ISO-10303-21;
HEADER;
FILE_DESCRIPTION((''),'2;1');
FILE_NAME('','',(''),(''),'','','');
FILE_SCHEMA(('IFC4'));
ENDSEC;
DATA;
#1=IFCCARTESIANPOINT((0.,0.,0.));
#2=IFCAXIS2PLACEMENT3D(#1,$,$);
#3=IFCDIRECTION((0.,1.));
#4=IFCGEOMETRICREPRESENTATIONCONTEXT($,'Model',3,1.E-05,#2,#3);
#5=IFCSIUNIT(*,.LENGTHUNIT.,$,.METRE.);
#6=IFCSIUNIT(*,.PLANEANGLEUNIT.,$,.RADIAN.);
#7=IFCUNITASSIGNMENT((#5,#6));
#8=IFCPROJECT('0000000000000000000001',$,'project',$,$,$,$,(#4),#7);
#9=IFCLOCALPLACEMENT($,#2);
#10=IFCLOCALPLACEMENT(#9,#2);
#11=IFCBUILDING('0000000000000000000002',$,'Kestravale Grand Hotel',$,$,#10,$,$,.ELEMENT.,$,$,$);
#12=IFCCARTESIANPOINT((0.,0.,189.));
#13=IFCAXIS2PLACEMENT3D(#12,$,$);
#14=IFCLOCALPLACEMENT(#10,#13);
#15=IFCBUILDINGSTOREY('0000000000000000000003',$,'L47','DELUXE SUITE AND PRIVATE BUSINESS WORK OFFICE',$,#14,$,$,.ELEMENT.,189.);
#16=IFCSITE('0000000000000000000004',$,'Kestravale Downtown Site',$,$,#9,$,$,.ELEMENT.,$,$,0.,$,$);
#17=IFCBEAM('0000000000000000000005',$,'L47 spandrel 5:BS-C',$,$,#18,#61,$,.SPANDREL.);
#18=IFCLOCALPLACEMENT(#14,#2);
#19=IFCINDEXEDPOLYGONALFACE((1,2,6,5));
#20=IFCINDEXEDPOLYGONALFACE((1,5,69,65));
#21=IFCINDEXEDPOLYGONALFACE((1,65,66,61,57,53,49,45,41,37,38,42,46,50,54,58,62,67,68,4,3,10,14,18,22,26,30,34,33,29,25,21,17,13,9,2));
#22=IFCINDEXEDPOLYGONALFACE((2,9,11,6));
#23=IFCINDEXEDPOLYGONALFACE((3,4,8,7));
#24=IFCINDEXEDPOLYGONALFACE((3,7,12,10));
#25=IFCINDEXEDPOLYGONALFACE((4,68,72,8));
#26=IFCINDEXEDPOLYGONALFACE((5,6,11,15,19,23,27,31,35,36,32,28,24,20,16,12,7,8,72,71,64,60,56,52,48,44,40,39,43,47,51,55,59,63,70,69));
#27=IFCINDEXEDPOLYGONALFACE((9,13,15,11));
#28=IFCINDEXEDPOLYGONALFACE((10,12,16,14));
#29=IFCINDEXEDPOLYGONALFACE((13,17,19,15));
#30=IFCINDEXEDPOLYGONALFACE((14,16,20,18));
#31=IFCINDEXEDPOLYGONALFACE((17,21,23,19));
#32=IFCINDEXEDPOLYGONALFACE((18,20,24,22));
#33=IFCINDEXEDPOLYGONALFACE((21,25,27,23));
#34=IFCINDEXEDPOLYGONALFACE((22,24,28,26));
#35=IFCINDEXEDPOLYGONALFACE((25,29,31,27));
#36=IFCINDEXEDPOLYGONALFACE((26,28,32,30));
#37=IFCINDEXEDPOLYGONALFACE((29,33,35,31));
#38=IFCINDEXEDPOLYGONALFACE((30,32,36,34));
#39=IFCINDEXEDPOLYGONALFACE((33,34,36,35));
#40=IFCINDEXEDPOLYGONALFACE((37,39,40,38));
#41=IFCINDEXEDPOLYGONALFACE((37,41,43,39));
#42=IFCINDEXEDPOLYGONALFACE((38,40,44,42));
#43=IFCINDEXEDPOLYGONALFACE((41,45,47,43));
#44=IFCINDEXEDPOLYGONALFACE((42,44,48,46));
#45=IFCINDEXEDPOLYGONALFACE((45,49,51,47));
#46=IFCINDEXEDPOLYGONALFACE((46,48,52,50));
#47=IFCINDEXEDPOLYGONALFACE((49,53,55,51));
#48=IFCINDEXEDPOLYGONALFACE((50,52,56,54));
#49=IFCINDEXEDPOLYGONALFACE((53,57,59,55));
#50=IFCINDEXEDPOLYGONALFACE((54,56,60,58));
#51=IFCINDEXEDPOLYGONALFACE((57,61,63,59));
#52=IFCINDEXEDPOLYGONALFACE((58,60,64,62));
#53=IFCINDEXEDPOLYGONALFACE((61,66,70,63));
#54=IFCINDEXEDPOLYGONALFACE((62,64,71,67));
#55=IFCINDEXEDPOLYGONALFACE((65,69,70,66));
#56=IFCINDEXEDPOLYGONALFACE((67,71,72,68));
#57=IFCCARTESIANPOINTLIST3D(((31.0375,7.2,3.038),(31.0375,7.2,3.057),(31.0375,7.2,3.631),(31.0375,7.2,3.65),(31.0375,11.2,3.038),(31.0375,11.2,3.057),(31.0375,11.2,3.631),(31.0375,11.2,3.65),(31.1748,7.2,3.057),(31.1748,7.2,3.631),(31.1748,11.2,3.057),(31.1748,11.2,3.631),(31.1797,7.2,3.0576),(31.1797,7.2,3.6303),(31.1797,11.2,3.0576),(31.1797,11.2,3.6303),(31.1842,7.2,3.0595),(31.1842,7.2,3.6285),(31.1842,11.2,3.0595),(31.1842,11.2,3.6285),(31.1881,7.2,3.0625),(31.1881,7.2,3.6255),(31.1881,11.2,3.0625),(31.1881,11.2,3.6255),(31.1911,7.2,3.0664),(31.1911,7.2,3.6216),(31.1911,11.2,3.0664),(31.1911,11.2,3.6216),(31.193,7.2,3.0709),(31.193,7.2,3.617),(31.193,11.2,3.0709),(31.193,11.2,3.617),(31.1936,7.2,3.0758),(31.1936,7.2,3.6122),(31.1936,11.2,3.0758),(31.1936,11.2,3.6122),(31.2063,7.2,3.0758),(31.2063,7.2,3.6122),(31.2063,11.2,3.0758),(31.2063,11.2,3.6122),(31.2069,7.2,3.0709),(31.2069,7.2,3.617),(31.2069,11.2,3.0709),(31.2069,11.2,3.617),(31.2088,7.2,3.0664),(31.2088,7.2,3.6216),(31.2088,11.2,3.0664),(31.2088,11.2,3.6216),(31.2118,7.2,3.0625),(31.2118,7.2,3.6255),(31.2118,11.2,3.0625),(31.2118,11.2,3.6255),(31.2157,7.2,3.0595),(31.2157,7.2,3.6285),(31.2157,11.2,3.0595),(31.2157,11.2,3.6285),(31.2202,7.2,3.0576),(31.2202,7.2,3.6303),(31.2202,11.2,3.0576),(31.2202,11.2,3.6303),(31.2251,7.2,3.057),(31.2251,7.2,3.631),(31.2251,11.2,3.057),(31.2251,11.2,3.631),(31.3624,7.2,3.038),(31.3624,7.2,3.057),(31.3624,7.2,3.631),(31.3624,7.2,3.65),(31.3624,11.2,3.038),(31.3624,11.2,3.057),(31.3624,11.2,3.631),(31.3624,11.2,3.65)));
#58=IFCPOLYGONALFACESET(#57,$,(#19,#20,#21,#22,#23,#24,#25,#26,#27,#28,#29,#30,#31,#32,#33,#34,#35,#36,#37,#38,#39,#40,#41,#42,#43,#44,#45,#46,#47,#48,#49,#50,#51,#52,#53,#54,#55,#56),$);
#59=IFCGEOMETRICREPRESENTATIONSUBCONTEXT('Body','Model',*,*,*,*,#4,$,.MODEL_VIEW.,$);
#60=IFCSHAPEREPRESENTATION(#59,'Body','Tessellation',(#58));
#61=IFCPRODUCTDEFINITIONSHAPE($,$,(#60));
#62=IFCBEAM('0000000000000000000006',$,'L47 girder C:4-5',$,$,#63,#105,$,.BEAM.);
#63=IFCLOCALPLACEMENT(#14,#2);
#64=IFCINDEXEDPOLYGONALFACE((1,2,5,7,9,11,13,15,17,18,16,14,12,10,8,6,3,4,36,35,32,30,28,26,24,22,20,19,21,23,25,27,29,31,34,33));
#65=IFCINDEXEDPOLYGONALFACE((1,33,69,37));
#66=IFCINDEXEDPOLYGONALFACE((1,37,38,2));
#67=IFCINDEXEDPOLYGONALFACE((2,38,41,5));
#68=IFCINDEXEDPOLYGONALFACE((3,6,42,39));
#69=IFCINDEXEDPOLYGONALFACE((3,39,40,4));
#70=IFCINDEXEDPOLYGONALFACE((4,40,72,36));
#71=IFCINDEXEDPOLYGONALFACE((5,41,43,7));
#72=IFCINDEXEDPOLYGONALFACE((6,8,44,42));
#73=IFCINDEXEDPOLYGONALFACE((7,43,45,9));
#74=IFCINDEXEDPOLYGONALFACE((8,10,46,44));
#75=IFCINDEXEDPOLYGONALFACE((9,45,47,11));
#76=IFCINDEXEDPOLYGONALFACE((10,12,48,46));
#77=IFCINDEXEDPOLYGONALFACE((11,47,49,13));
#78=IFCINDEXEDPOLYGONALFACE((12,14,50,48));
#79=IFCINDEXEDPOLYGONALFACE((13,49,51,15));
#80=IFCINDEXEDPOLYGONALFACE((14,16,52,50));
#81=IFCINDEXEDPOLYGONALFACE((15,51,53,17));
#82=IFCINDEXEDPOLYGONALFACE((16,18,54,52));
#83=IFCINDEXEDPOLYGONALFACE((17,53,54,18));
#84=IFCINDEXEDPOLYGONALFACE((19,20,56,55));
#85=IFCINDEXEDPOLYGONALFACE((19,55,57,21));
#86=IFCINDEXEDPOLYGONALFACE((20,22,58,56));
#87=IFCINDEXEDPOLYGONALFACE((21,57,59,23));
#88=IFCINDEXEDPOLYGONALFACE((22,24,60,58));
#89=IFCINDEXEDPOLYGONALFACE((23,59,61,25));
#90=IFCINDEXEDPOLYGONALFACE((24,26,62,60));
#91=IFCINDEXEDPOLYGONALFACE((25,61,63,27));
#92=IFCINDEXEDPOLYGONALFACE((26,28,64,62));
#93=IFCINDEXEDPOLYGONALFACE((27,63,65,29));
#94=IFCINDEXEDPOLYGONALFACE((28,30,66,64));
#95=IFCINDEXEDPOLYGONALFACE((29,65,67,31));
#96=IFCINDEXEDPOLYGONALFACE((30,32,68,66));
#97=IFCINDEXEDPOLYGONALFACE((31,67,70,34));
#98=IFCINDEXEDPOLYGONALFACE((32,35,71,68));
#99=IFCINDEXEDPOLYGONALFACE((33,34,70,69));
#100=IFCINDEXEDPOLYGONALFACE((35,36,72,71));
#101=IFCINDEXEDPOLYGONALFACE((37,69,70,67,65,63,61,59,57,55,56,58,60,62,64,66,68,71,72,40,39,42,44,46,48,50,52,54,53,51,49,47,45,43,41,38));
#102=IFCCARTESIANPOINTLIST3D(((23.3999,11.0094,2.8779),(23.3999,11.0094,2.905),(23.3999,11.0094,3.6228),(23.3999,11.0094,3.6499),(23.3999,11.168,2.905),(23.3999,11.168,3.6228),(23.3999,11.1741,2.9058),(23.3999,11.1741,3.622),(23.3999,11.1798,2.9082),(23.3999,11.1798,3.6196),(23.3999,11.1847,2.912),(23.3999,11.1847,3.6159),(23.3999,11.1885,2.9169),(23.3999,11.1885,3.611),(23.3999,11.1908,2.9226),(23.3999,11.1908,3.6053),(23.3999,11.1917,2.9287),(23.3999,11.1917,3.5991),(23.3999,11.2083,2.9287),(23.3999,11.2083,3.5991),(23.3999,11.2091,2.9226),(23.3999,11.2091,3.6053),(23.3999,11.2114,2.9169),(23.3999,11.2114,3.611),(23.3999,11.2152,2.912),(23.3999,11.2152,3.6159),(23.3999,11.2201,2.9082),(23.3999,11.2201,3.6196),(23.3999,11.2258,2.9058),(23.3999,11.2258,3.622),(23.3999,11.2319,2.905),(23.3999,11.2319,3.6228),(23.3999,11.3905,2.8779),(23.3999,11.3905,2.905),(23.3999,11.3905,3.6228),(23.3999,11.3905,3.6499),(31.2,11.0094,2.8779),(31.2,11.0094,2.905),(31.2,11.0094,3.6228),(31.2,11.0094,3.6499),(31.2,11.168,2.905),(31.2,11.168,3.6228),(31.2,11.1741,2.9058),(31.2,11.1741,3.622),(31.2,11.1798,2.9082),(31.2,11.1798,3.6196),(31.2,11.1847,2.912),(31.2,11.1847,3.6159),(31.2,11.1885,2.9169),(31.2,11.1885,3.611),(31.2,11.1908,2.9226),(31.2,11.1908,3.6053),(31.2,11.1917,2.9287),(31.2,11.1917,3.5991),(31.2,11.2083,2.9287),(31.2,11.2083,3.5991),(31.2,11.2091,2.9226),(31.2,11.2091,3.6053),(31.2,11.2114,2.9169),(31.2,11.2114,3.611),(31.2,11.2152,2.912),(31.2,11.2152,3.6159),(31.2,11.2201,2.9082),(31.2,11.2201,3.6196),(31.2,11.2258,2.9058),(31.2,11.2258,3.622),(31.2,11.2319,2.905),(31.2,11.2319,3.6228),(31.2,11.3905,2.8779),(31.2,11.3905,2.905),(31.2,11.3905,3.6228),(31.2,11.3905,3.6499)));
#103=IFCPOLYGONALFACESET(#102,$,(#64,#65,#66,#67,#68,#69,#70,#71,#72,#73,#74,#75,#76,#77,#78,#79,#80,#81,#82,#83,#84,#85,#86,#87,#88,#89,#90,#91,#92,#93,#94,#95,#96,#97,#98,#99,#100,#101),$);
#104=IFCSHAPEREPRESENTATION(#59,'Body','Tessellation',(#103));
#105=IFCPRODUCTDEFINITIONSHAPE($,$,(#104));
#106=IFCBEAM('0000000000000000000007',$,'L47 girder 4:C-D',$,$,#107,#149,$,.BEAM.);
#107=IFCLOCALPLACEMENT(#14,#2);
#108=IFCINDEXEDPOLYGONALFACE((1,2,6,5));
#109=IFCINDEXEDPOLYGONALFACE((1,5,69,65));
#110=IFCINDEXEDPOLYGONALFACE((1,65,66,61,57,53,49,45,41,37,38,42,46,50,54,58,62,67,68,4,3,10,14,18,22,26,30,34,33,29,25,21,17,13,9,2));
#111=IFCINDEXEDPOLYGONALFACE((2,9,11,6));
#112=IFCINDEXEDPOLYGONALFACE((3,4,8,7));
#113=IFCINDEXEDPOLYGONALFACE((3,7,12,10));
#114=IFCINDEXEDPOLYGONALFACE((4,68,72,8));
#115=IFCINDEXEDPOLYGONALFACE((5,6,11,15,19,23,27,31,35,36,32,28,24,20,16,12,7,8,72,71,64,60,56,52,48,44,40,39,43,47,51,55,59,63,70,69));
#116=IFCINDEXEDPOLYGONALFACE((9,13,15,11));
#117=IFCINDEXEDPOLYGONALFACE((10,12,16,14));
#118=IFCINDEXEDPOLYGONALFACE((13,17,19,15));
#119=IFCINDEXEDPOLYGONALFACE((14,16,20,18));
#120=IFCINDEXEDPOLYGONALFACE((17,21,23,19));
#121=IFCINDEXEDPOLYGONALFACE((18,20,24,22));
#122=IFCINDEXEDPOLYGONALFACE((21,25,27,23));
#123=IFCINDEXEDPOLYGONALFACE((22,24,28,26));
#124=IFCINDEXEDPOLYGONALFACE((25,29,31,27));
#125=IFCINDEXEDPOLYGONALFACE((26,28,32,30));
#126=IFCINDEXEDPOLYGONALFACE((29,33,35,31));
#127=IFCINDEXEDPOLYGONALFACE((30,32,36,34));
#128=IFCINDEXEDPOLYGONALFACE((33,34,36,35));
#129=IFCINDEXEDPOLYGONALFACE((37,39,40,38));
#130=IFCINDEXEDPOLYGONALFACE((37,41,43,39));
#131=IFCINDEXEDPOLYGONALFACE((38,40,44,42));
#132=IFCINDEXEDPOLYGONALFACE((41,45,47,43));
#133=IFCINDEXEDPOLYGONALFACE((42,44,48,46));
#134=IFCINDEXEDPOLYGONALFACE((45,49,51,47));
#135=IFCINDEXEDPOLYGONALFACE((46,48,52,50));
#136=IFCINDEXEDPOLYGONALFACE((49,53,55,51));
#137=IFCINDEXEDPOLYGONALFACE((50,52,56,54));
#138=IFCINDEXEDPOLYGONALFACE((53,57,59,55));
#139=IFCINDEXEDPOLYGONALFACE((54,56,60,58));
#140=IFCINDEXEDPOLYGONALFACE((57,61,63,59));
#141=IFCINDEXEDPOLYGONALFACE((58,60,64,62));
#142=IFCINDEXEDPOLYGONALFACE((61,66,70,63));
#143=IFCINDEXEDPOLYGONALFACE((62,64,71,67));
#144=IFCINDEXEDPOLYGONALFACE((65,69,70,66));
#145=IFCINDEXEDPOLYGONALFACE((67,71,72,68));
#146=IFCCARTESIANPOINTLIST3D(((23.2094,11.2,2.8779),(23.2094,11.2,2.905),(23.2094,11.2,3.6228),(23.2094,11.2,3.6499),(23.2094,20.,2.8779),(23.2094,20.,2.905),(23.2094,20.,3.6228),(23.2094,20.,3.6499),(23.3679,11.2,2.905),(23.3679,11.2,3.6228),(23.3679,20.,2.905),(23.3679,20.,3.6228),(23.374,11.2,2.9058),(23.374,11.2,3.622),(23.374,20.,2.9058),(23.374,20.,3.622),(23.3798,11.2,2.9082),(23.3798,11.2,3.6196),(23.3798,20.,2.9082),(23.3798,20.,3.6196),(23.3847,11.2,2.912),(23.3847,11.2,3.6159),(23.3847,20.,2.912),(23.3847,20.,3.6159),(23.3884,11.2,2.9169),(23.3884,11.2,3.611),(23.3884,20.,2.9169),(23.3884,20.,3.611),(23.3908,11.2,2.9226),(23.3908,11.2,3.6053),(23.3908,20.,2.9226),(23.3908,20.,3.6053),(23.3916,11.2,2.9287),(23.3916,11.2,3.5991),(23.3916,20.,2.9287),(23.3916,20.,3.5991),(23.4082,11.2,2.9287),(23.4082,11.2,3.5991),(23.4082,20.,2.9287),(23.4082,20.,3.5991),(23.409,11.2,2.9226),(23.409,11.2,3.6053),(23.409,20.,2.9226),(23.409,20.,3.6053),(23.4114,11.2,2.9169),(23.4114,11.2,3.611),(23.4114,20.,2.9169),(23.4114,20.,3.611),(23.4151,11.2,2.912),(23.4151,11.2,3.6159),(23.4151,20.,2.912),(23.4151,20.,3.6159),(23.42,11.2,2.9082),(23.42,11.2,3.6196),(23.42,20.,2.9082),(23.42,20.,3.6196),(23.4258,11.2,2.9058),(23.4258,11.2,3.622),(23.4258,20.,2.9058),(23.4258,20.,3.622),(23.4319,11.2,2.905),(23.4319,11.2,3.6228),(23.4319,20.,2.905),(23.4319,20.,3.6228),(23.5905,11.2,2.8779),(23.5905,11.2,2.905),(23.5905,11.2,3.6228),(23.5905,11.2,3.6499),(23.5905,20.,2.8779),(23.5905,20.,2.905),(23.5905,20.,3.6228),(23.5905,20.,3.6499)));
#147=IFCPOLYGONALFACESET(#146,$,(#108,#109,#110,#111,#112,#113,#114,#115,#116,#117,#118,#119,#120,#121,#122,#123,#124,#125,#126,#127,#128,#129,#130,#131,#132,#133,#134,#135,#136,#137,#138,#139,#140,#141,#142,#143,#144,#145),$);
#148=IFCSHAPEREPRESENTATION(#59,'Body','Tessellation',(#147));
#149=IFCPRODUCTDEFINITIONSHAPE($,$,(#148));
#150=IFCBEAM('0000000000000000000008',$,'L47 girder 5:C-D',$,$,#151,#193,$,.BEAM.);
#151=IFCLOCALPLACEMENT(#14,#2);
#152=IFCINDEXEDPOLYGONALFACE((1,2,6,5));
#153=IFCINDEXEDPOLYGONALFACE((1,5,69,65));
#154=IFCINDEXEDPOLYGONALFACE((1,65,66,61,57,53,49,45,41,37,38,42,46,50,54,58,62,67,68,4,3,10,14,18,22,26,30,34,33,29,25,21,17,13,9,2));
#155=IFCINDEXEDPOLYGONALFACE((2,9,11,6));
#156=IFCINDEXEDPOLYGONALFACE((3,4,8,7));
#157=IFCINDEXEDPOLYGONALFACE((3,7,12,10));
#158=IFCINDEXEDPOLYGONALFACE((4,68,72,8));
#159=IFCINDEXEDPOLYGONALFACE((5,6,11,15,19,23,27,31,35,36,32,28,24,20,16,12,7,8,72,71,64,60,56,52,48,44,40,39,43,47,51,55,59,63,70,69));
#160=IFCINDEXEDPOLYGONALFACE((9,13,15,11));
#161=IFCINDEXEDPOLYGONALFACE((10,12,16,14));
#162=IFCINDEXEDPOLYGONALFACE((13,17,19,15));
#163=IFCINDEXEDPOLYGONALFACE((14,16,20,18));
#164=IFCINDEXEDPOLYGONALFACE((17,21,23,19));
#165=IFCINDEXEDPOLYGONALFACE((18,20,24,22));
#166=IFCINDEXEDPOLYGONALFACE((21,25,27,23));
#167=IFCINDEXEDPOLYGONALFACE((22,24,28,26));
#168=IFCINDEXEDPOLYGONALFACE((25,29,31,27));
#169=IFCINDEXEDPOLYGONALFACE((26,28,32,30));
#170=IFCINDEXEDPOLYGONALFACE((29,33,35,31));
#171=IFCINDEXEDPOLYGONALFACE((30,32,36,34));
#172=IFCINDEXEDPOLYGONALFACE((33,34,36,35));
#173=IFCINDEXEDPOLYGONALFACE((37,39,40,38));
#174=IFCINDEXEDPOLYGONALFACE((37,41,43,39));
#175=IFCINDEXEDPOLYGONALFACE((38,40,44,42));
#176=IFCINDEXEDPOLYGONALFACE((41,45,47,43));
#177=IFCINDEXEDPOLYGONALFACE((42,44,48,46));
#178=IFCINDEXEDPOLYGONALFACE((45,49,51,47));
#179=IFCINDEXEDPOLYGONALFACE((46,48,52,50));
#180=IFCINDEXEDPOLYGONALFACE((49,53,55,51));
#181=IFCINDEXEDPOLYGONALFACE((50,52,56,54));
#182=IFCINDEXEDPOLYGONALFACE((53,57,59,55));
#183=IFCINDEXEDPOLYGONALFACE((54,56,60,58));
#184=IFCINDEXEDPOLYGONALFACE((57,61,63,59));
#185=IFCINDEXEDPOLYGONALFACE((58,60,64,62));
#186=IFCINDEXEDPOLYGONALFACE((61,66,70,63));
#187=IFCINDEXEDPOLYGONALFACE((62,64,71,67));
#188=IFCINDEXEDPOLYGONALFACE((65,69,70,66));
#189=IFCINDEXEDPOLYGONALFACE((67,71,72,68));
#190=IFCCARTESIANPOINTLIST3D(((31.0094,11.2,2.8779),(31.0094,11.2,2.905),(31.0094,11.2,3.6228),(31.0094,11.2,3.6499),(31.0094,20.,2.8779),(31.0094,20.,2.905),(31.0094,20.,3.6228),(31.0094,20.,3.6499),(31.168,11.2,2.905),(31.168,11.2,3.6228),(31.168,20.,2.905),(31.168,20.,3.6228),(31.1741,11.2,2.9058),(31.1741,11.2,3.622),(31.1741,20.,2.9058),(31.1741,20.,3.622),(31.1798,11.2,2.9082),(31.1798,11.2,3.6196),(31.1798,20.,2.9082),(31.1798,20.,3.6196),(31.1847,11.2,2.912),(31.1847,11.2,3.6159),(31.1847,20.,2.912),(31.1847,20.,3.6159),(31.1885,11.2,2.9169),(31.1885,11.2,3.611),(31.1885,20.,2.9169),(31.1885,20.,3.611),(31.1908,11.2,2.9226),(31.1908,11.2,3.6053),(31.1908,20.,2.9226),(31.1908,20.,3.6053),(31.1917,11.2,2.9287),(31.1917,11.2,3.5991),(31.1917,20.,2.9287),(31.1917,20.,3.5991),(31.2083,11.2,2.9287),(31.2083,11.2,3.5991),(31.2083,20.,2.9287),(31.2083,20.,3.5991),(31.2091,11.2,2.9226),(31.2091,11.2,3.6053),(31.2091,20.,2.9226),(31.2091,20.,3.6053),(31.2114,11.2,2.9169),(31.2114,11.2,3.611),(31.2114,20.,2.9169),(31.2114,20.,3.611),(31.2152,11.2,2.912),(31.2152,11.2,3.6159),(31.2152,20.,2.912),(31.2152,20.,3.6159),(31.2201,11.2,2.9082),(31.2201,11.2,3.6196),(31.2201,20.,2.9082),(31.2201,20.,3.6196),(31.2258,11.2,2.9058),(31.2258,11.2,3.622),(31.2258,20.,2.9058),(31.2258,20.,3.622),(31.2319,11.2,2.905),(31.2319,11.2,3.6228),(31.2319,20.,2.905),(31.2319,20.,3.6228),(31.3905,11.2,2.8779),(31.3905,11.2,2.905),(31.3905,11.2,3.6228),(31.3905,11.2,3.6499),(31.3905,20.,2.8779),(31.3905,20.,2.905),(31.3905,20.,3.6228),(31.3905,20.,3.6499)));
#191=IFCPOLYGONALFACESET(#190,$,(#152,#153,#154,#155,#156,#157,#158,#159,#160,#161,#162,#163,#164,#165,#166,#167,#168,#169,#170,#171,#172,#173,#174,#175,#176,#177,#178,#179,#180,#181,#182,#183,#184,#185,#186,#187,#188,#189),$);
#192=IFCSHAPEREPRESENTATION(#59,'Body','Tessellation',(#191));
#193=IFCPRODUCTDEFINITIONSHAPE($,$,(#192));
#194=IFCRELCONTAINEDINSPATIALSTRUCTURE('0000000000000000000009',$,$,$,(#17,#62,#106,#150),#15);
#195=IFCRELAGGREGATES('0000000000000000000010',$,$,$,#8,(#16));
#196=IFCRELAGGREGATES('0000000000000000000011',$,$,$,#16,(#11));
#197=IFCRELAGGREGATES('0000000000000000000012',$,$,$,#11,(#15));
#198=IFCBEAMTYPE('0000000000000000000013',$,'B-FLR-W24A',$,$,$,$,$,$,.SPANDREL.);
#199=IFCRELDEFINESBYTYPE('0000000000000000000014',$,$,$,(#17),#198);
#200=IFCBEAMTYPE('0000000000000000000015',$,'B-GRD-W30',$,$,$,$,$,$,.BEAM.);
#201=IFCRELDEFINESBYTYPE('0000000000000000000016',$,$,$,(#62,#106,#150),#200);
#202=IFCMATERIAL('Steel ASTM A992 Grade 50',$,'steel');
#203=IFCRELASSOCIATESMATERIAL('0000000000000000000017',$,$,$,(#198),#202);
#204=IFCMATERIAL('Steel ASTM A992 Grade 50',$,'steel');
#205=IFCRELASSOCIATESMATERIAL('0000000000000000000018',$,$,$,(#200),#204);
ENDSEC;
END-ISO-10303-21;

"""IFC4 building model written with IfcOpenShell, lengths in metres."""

from ifc_helpers import new_model, si_unit, direction, frame, origin, origin_2d, place, context, subcontext, project, spatial, i_section, extrude, material, material_profile, profile_set, type_object, element, save


model = new_model("IFC4")

# Units and contexts
model_context = context("Model", 3, precision=1e-05, world=origin(), true_north=direction((0.0, 1.0)))
body_context = subcontext(model_context, "Body", "Model", "MODEL_VIEW")
ifc_project = project(units=[si_unit("LENGTHUNIT", "METRE"), si_unit("PLANEANGLEUNIT", "RADIAN")], contexts=[model_context])

# Site, building, storey
site_placement = place(None, origin())
site = spatial("IfcSite", under=ifc_project, at=site_placement, Name="Kestravale Downtown Site", CompositionType="ELEMENT", RefElevation=0.0)
building_placement = place(site_placement, origin())
building = spatial("IfcBuilding", under=site, at=building_placement, Name="Kestravale Grand Hotel", CompositionType="ELEMENT")
storey_placement = place(building_placement, frame((0.0, 0.0, 189.0)))
storey = spatial("IfcBuildingStorey", under=building, at=storey_placement, Name="L47", Description="DELUXE SUITE AND PRIVATE BUSINESS WORK OFFICE", CompositionType="ELEMENT", Elevation=189.0)

# Beams
ifc_material_1 = material(Name="Steel ASTM A992 Grade 50", Category="steel")
ifc_material_profile_1 = material_profile(ifc_material_1, i_section(OverallWidth=0.325, OverallDepth=0.6121, WebThickness=0.0127, FlangeThickness=0.019, FilletRadius=0.0188, at=origin_2d()))
ifc_profile_set_1 = profile_set([ifc_material_profile_1], Name="Steel ASTM A992 Grade 50")
beam_type_1 = type_object("IfcBeamType", Name="B-FLR-W24A", PredefinedType="SPANDREL", material=ifc_profile_set_1)
for number, where, z_axis, x_axis, name in (
    (1, (31.2, 7.2, 3.344), (0.0, 1.0, 0.0), (-1.0, 0.0, 0.0), "L47 spandrel 5:BS-C"),
):
    element("IfcBeam", number, at=place(storey_placement, frame(where, z_axis=z_axis, x_axis=x_axis)), inside=storey, type_object=beam_type_1, Name=name, PredefinedType="SPANDREL", context=body_context, shape_type="SweptSolid", body=[
        extrude(i_section(OverallWidth=0.325, OverallDepth=0.6121, WebThickness=0.0127, FlangeThickness=0.019, FilletRadius=0.0188, at=origin_2d()), origin(), (0.0, 0.0, 1.0), 4.0),
    ])
ifc_material_2 = material(Name="Steel ASTM A992 Grade 50", Category="steel")
ifc_material_profile_2 = material_profile(ifc_material_2, i_section(OverallWidth=0.3811, OverallDepth=0.772, WebThickness=0.0166, FlangeThickness=0.0271, FilletRadius=0.0237, at=origin_2d()))
ifc_profile_set_2 = profile_set([ifc_material_profile_2], Name="Steel ASTM A992 Grade 50")
beam_type_2 = type_object("IfcBeamType", Name="B-GRD-W30", PredefinedType="BEAM", material=ifc_profile_set_2)
beam_1_placement = place(storey_placement, frame((23.3999, 11.2, 3.2639), z_axis=(1.0, 0.0, 0.0), x_axis=(0.0, 1.0, 0.0)))
element("IfcBeam", 2, at=beam_1_placement, inside=storey, type_object=beam_type_2, Name="L47 girder C:4-5", PredefinedType="BEAM", context=body_context, shape_type="SweptSolid", body=[
    extrude(i_section(OverallWidth=0.3811, OverallDepth=0.772, WebThickness=0.0166, FlangeThickness=0.0271, FilletRadius=0.0237, at=origin_2d()), origin(), (0.0, 0.0, 1.0), 7.8),
])
for number, where, z_axis, x_axis, name in (
    (3, (23.3999, 11.2, 3.2639), (0.0, 1.0, 0.0), (-1.0, 0.0, 0.0), "L47 girder 4:C-D"),
    (4, (31.2, 11.2, 3.2639), (0.0, 1.0, 0.0), (-1.0, 0.0, 0.0), "L47 girder 5:C-D"),
):
    element("IfcBeam", number, at=place(storey_placement, frame(where, z_axis=z_axis, x_axis=x_axis)), inside=storey, type_object=beam_type_2, Name=name, PredefinedType="BEAM", context=body_context, shape_type="SweptSolid", body=[
        extrude(i_section(OverallWidth=0.3811, OverallDepth=0.772, WebThickness=0.0166, FlangeThickness=0.0271, FilletRadius=0.0237, at=origin_2d()), origin(), (0.0, 0.0, 1.0), 8.8),
    ])

save(model, "model.ifc")
